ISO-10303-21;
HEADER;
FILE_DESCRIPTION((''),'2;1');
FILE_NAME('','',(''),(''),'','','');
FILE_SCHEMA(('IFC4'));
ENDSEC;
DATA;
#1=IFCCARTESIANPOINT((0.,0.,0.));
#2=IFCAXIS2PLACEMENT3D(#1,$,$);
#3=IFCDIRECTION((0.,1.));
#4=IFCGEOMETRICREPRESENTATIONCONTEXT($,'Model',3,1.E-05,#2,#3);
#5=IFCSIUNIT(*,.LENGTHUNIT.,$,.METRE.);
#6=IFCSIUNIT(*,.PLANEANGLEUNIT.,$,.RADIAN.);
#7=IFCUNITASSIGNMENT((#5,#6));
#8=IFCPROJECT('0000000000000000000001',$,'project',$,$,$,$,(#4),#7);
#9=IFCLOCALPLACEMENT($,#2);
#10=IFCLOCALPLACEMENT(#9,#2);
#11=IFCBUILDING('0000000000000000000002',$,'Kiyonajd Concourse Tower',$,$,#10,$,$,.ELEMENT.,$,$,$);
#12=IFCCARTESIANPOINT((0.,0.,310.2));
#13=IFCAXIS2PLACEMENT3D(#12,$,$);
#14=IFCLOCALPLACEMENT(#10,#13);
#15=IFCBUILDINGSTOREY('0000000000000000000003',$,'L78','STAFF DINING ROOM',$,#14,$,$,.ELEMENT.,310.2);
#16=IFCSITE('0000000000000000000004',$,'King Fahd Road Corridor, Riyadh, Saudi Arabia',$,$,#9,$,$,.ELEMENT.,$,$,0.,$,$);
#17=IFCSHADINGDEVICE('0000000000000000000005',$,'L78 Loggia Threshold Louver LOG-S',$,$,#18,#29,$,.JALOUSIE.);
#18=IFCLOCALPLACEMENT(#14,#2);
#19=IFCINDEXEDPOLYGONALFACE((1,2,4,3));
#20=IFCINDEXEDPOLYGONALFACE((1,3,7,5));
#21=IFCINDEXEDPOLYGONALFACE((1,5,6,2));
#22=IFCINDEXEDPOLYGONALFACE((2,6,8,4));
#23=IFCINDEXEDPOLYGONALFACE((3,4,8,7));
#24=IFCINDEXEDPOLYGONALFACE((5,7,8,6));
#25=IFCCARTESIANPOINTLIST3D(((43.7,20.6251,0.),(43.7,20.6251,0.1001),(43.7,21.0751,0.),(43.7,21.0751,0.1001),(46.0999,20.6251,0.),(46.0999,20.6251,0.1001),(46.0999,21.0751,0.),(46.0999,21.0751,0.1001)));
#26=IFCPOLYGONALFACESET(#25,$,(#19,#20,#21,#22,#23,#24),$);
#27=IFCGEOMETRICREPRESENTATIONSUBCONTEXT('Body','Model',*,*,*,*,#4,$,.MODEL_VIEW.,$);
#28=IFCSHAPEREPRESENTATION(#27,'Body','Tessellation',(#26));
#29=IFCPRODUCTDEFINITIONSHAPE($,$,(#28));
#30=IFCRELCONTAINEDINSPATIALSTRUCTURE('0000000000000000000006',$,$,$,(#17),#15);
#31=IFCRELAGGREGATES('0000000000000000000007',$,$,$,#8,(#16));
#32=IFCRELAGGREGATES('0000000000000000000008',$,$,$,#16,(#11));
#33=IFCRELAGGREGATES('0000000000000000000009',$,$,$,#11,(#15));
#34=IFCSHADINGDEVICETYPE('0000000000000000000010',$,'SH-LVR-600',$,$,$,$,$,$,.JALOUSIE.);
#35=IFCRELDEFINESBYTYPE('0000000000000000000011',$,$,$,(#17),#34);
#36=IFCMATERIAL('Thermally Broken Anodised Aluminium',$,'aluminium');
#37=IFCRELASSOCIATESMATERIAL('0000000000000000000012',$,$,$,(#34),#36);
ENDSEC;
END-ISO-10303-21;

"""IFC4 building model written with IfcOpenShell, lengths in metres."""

from ifc_helpers import new_model, si_unit, direction, frame, origin, origin_2d, place, context, subcontext, project, spatial, rectangle, extrude, material, type_object, element, save


model = new_model("IFC4")

# Units and contexts
model_context = context("Model", 3, precision=1e-05, world=origin(), true_north=direction((0.0, 1.0)))
body_context = subcontext(model_context, "Body", "Model", "MODEL_VIEW")
ifc_project = project(units=[si_unit("LENGTHUNIT", "METRE"), si_unit("PLANEANGLEUNIT", "RADIAN")], contexts=[model_context])

# Site, building, storey
site_placement = place(None, origin())
site = spatial("IfcSite", under=ifc_project, at=site_placement, Name="King Fahd Road Corridor, Riyadh, Saudi Arabia", CompositionType="ELEMENT", RefElevation=0.0)
building_placement = place(site_placement, origin())
building = spatial("IfcBuilding", under=site, at=building_placement, Name="Kiyonajd Concourse Tower", CompositionType="ELEMENT")
storey_placement = place(building_placement, frame((0.0, 0.0, 310.2)))
storey = spatial("IfcBuildingStorey", under=building, at=storey_placement, Name="L78", Description="STAFF DINING ROOM", CompositionType="ELEMENT", Elevation=310.2)

# Shared definitions
ifc_material_1 = material(Name="Thermally Broken Anodised Aluminium", Category="aluminium")

# Shading device
shading_device_type_1 = type_object("IfcShadingDeviceType", Name="SH-LVR-600", PredefinedType="JALOUSIE", material=ifc_material_1)
shading_device_1_placement = place(storey_placement, frame((44.8999, 20.8501, 0.0), z_axis=(0.0, 0.0, 1.0), x_axis=(1.0, 0.0, 0.0)))
element("IfcShadingDevice", 1, at=shading_device_1_placement, inside=storey, type_object=shading_device_type_1, Name="L78 Loggia Threshold Louver LOG-S", PredefinedType="JALOUSIE", context=body_context, shape_type="SweptSolid", body=[
    extrude(rectangle(XDim=2.3999, YDim=0.45, at=origin_2d()), origin(), (0.0, 0.0, 1.0), 0.1001),
])

save(model, "model.ifc")
